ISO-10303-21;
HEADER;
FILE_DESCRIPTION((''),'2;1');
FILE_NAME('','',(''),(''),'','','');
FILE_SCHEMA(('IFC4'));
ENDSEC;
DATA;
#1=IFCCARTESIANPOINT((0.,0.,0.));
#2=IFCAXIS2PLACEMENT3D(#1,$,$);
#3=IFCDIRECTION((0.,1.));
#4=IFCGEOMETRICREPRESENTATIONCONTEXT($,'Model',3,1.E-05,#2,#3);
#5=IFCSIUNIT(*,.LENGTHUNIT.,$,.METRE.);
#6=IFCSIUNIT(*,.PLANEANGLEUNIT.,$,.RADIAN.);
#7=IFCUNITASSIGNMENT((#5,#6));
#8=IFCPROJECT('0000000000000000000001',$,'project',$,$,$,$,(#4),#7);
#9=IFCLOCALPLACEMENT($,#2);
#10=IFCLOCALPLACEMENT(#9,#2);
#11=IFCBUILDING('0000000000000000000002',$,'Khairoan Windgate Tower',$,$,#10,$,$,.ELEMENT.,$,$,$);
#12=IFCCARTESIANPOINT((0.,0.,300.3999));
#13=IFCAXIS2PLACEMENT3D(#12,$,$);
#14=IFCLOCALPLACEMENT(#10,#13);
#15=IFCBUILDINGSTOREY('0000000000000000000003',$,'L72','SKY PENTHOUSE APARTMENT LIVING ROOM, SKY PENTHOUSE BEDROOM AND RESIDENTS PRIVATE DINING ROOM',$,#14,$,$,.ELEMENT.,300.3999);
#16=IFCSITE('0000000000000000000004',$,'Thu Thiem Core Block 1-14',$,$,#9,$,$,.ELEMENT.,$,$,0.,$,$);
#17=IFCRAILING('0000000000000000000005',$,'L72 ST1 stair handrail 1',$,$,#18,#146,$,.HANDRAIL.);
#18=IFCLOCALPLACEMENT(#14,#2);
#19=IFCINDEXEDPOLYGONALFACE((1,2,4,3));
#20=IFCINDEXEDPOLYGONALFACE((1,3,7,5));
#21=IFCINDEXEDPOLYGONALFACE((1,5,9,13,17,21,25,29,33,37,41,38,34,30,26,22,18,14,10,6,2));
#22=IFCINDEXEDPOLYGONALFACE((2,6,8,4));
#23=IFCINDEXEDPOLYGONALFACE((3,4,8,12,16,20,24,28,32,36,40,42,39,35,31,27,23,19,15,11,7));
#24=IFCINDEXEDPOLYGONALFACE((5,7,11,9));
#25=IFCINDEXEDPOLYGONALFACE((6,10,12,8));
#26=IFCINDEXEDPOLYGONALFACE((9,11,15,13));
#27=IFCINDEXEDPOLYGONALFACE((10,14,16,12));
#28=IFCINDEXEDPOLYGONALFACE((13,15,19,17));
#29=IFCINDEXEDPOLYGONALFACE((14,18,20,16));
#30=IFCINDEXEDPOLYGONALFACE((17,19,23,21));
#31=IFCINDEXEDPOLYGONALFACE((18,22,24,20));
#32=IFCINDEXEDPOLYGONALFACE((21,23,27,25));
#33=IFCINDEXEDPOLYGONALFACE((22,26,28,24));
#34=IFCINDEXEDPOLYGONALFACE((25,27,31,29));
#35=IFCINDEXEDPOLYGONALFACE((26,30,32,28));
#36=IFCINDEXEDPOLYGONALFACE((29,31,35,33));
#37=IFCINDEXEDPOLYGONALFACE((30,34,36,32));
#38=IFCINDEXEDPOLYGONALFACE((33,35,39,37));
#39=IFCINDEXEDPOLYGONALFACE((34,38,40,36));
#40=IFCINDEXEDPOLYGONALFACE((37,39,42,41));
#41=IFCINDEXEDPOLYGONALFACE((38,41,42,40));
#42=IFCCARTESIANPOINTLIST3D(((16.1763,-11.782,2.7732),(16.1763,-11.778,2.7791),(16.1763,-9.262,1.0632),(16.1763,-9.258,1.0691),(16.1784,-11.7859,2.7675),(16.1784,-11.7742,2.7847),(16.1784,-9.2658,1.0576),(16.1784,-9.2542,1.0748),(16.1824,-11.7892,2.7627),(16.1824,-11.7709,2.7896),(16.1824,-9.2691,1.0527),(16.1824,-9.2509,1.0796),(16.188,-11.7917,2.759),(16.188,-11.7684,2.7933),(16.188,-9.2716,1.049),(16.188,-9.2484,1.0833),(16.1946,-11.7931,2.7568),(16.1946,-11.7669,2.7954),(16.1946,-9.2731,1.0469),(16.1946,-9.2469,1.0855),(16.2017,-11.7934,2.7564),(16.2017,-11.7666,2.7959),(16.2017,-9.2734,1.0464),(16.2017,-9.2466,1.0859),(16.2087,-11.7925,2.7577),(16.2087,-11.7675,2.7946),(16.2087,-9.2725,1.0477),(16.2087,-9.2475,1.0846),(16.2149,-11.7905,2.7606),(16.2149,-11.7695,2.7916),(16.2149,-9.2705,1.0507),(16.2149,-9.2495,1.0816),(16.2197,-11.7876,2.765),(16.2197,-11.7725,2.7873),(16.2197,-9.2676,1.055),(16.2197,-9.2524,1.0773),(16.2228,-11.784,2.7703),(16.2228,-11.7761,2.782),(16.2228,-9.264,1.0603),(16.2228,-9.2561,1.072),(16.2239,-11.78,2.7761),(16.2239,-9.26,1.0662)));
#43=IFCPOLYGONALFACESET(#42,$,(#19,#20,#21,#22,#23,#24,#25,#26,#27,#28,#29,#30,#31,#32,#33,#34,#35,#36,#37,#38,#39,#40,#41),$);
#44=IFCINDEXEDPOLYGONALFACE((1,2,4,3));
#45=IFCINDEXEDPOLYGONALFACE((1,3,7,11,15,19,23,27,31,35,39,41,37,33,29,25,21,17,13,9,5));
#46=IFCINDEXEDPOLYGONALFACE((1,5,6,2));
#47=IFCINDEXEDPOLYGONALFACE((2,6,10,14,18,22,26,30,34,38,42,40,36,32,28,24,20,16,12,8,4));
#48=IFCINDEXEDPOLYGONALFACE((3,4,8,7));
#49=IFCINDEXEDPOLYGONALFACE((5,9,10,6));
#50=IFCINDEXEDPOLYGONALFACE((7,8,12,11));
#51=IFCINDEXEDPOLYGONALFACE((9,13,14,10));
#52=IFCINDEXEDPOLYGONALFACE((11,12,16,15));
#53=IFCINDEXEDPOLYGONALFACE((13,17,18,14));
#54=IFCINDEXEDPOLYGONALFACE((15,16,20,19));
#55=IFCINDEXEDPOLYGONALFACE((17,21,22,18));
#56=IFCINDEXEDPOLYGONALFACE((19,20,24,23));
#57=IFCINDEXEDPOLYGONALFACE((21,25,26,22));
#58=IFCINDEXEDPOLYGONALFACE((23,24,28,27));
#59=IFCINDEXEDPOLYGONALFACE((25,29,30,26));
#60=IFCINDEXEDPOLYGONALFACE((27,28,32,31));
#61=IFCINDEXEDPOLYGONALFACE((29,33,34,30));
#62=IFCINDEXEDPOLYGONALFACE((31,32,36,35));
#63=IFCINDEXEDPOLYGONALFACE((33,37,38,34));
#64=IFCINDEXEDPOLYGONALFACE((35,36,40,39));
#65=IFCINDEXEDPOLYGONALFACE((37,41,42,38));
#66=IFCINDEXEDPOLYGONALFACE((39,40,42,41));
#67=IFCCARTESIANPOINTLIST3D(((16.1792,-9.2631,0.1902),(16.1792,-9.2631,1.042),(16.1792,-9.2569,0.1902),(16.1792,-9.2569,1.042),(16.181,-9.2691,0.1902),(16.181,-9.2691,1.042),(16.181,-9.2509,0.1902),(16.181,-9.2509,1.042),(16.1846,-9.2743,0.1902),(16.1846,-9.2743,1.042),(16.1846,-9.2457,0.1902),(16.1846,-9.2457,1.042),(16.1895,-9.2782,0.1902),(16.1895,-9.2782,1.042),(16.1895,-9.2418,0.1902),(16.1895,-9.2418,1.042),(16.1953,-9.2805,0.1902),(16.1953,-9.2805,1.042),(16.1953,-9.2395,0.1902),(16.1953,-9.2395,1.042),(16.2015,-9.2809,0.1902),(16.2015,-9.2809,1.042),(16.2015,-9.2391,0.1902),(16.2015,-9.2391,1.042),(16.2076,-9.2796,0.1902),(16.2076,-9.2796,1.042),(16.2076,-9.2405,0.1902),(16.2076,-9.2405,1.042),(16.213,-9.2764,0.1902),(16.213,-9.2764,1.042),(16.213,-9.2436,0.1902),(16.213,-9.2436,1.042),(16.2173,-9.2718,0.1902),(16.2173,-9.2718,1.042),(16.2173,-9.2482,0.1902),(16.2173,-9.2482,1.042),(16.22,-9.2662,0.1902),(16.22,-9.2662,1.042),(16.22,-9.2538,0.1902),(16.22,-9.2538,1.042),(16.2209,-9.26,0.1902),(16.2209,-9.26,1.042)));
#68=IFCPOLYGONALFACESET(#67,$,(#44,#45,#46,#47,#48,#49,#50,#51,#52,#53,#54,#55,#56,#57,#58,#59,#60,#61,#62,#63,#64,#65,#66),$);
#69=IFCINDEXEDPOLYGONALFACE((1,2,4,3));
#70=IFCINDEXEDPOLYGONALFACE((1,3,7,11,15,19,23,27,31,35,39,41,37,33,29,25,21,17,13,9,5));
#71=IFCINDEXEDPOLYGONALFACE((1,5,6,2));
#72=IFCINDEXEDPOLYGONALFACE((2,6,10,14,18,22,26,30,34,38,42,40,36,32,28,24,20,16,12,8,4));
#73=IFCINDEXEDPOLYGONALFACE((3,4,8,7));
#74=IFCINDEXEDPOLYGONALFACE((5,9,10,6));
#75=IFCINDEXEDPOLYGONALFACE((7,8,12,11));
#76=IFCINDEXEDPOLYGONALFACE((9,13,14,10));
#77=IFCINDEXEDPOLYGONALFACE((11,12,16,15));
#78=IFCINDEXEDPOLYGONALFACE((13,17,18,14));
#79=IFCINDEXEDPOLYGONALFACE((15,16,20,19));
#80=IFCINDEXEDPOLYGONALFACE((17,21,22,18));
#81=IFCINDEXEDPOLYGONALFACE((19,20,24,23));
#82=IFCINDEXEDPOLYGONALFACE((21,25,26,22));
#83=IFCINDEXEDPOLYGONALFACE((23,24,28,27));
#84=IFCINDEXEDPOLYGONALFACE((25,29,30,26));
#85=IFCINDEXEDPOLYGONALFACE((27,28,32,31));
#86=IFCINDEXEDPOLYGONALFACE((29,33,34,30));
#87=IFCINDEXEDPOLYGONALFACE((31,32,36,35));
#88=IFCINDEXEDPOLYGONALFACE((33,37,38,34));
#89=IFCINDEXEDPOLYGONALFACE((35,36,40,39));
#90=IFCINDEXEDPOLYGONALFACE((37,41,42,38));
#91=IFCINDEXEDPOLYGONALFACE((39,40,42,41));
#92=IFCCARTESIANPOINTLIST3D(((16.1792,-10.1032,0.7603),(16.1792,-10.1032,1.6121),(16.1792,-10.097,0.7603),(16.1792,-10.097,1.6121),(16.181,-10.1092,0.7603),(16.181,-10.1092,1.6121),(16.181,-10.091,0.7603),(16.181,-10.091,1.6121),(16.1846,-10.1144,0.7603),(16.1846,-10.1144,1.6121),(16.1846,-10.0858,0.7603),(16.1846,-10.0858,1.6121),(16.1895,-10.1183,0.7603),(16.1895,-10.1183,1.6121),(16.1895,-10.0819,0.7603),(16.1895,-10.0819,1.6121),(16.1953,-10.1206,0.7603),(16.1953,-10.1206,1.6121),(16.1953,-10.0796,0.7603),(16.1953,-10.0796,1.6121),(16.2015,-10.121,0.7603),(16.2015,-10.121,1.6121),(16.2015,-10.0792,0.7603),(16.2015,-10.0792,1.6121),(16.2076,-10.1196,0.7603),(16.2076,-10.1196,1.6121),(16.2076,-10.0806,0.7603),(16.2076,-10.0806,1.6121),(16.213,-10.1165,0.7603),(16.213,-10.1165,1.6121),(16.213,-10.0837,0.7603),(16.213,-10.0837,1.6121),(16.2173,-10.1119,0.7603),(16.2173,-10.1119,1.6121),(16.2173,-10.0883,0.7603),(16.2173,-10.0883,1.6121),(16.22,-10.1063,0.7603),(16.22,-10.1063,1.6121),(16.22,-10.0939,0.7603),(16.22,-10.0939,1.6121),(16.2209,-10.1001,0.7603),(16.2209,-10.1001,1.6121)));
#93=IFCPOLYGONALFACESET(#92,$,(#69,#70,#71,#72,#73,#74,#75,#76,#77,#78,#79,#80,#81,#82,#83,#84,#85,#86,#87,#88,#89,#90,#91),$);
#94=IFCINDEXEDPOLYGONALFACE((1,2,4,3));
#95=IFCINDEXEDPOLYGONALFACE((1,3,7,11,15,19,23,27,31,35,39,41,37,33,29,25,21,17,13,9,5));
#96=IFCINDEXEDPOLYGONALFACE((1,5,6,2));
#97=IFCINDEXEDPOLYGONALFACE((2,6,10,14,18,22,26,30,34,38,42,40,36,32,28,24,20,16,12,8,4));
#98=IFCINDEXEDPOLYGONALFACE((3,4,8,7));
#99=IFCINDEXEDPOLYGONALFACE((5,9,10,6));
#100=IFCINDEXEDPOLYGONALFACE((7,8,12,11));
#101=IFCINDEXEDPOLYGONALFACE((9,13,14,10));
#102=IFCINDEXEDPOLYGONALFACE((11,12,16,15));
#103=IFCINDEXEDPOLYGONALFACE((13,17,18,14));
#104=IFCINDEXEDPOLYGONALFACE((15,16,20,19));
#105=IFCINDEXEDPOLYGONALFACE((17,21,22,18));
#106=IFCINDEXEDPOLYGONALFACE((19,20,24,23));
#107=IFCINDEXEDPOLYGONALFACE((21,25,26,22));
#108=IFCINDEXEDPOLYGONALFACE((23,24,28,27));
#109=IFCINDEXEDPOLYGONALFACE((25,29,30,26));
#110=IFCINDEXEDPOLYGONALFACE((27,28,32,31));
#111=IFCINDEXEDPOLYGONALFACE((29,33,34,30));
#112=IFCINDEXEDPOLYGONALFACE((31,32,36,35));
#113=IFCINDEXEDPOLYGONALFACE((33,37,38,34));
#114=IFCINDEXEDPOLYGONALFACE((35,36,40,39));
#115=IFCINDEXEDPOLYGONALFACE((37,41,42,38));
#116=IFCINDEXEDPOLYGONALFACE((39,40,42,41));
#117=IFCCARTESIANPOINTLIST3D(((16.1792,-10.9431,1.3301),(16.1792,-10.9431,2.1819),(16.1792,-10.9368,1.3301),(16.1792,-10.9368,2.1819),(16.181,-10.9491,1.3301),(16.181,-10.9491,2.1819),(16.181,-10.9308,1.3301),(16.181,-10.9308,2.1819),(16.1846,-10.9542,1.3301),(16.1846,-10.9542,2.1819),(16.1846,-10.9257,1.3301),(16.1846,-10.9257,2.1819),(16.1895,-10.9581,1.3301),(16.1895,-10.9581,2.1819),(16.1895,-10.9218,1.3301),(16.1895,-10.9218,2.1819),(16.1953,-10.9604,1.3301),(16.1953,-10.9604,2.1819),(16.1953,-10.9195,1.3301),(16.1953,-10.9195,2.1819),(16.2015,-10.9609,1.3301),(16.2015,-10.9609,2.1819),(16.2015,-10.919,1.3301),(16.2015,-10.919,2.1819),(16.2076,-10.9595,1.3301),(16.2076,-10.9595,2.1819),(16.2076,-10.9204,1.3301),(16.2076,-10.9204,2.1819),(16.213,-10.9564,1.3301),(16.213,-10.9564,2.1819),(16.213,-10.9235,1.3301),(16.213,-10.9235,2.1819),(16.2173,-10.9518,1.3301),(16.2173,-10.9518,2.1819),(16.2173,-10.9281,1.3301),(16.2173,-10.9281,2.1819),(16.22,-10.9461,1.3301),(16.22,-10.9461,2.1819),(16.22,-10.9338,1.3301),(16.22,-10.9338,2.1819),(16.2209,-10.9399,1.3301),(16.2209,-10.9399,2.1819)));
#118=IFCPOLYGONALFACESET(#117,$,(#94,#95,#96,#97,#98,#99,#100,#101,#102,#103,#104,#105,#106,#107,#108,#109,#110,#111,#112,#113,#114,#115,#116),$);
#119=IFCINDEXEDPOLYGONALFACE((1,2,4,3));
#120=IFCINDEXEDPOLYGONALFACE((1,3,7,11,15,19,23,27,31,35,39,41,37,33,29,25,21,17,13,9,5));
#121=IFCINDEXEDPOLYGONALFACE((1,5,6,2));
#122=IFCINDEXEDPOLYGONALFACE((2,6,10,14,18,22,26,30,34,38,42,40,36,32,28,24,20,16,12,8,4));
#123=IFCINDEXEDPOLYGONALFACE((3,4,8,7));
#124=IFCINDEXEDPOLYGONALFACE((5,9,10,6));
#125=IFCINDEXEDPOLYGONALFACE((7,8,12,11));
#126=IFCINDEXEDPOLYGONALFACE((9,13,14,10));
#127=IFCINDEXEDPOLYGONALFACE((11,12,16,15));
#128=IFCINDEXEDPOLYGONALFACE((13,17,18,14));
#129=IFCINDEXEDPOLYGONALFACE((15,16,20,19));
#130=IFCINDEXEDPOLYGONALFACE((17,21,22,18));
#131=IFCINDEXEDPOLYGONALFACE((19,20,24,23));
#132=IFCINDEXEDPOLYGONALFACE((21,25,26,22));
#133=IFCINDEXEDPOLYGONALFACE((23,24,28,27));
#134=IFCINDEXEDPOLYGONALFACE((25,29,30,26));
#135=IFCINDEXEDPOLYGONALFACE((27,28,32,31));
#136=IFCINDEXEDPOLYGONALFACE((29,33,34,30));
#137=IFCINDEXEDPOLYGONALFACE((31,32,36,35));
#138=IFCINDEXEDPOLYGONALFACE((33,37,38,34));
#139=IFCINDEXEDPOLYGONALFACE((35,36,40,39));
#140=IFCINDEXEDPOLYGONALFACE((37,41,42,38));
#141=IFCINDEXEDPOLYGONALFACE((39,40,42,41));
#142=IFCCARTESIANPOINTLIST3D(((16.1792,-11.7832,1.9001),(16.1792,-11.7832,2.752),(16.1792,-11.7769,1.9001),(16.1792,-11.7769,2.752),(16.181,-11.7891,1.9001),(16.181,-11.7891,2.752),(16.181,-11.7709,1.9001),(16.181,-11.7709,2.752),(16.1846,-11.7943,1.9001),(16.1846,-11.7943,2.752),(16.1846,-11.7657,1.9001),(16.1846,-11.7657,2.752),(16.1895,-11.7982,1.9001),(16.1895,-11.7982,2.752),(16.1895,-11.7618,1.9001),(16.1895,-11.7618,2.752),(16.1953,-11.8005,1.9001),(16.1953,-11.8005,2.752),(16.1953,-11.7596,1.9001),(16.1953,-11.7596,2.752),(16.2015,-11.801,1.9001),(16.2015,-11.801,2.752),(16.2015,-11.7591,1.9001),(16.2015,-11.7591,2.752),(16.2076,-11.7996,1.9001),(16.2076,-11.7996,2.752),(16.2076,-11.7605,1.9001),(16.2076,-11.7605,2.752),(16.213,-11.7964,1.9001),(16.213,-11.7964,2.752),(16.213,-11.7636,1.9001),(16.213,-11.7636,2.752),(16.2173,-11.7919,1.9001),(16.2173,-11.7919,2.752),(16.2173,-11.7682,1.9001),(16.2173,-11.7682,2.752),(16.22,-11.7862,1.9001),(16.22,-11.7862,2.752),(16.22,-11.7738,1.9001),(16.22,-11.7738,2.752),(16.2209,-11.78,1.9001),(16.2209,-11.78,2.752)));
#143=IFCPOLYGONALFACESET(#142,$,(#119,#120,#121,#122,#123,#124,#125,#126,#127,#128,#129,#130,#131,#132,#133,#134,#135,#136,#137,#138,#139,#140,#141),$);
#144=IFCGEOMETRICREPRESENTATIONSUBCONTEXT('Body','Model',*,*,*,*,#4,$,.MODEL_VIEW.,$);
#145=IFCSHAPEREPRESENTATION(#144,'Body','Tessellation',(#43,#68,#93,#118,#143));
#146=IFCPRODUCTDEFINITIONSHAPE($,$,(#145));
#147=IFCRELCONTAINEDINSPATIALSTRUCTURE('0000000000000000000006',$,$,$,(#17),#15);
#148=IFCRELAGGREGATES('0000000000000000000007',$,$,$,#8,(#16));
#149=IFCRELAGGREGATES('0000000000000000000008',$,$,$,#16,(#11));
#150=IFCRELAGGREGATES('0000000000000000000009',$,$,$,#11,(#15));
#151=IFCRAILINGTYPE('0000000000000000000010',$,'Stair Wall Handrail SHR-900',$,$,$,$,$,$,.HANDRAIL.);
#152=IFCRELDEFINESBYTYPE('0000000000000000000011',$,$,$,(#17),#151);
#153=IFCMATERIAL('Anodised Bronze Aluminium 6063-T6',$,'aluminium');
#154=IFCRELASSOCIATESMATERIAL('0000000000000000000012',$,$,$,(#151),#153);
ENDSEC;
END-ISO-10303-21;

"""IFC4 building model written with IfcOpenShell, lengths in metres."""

from ifc_helpers import new_model, si_unit, direction, frame, origin, origin_2d, place, context, subcontext, project, spatial, circle, extrude, material, type_object, element, save


model = new_model("IFC4")

# Units and contexts
model_context = context("Model", 3, precision=1e-05, world=origin(), true_north=direction((0.0, 1.0)))
body_context = subcontext(model_context, "Body", "Model", "MODEL_VIEW")
ifc_project = project(units=[si_unit("LENGTHUNIT", "METRE"), si_unit("PLANEANGLEUNIT", "RADIAN")], contexts=[model_context])

# Site, building, storey
site_placement = place(None, origin())
site = spatial("IfcSite", under=ifc_project, at=site_placement, Name="Thu Thiem Core Block 1-14", CompositionType="ELEMENT", RefElevation=0.0)
building_placement = place(site_placement, origin())
building = spatial("IfcBuilding", under=site, at=building_placement, Name="Khairoan Windgate Tower", CompositionType="ELEMENT")
storey_placement = place(building_placement, frame((0.0, 0.0, 300.3999)))
storey = spatial("IfcBuildingStorey", under=building, at=storey_placement, Name="L72", Description="SKY PENTHOUSE APARTMENT LIVING ROOM, SKY PENTHOUSE BEDROOM AND RESIDENTS PRIVATE DINING ROOM", CompositionType="ELEMENT", Elevation=300.3999)

# Railing
ifc_material_1 = material(Name="Anodised Bronze Aluminium 6063-T6", Category="aluminium")
railing_type_1 = type_object("IfcRailingType", Name="Stair Wall Handrail SHR-900", PredefinedType="HANDRAIL", material=ifc_material_1)
railing_1_placement = place(storey_placement, frame((16.2, -9.26, 0.1902)))
element("IfcRailing", 1, at=railing_1_placement, inside=storey, type_object=railing_type_1, Name="L72 ST1 stair handrail 1", PredefinedType="HANDRAIL", context=body_context, shape_type="SweptSolid", body=[
    extrude(circle(Radius=0.0239, at=origin_2d()), frame((0.0, 0.0, 0.876), z_axis=(0.0, -0.827484, 0.56149), x_axis=(1.0, 0.0, 0.0)), (0.0, 0.0, 1.0), 3.0454),
    extrude(circle(Radius=0.021, at=origin_2d()), origin(), (0.0, 0.0, 1.0), 0.8518),
    extrude(circle(Radius=0.021, at=origin_2d()), frame((0.0, -0.8401, 0.5701)), (0.0, 0.0, 1.0), 0.8518),
    extrude(circle(Radius=0.021, at=origin_2d()), frame((0.0, -1.6799, 1.1399)), (0.0, 0.0, 1.0), 0.8518),
    extrude(circle(Radius=0.021, at=origin_2d()), frame((0.0, -2.52, 1.71)), (0.0, 0.0, 1.0), 0.8518),
])

save(model, "model.ifc")
